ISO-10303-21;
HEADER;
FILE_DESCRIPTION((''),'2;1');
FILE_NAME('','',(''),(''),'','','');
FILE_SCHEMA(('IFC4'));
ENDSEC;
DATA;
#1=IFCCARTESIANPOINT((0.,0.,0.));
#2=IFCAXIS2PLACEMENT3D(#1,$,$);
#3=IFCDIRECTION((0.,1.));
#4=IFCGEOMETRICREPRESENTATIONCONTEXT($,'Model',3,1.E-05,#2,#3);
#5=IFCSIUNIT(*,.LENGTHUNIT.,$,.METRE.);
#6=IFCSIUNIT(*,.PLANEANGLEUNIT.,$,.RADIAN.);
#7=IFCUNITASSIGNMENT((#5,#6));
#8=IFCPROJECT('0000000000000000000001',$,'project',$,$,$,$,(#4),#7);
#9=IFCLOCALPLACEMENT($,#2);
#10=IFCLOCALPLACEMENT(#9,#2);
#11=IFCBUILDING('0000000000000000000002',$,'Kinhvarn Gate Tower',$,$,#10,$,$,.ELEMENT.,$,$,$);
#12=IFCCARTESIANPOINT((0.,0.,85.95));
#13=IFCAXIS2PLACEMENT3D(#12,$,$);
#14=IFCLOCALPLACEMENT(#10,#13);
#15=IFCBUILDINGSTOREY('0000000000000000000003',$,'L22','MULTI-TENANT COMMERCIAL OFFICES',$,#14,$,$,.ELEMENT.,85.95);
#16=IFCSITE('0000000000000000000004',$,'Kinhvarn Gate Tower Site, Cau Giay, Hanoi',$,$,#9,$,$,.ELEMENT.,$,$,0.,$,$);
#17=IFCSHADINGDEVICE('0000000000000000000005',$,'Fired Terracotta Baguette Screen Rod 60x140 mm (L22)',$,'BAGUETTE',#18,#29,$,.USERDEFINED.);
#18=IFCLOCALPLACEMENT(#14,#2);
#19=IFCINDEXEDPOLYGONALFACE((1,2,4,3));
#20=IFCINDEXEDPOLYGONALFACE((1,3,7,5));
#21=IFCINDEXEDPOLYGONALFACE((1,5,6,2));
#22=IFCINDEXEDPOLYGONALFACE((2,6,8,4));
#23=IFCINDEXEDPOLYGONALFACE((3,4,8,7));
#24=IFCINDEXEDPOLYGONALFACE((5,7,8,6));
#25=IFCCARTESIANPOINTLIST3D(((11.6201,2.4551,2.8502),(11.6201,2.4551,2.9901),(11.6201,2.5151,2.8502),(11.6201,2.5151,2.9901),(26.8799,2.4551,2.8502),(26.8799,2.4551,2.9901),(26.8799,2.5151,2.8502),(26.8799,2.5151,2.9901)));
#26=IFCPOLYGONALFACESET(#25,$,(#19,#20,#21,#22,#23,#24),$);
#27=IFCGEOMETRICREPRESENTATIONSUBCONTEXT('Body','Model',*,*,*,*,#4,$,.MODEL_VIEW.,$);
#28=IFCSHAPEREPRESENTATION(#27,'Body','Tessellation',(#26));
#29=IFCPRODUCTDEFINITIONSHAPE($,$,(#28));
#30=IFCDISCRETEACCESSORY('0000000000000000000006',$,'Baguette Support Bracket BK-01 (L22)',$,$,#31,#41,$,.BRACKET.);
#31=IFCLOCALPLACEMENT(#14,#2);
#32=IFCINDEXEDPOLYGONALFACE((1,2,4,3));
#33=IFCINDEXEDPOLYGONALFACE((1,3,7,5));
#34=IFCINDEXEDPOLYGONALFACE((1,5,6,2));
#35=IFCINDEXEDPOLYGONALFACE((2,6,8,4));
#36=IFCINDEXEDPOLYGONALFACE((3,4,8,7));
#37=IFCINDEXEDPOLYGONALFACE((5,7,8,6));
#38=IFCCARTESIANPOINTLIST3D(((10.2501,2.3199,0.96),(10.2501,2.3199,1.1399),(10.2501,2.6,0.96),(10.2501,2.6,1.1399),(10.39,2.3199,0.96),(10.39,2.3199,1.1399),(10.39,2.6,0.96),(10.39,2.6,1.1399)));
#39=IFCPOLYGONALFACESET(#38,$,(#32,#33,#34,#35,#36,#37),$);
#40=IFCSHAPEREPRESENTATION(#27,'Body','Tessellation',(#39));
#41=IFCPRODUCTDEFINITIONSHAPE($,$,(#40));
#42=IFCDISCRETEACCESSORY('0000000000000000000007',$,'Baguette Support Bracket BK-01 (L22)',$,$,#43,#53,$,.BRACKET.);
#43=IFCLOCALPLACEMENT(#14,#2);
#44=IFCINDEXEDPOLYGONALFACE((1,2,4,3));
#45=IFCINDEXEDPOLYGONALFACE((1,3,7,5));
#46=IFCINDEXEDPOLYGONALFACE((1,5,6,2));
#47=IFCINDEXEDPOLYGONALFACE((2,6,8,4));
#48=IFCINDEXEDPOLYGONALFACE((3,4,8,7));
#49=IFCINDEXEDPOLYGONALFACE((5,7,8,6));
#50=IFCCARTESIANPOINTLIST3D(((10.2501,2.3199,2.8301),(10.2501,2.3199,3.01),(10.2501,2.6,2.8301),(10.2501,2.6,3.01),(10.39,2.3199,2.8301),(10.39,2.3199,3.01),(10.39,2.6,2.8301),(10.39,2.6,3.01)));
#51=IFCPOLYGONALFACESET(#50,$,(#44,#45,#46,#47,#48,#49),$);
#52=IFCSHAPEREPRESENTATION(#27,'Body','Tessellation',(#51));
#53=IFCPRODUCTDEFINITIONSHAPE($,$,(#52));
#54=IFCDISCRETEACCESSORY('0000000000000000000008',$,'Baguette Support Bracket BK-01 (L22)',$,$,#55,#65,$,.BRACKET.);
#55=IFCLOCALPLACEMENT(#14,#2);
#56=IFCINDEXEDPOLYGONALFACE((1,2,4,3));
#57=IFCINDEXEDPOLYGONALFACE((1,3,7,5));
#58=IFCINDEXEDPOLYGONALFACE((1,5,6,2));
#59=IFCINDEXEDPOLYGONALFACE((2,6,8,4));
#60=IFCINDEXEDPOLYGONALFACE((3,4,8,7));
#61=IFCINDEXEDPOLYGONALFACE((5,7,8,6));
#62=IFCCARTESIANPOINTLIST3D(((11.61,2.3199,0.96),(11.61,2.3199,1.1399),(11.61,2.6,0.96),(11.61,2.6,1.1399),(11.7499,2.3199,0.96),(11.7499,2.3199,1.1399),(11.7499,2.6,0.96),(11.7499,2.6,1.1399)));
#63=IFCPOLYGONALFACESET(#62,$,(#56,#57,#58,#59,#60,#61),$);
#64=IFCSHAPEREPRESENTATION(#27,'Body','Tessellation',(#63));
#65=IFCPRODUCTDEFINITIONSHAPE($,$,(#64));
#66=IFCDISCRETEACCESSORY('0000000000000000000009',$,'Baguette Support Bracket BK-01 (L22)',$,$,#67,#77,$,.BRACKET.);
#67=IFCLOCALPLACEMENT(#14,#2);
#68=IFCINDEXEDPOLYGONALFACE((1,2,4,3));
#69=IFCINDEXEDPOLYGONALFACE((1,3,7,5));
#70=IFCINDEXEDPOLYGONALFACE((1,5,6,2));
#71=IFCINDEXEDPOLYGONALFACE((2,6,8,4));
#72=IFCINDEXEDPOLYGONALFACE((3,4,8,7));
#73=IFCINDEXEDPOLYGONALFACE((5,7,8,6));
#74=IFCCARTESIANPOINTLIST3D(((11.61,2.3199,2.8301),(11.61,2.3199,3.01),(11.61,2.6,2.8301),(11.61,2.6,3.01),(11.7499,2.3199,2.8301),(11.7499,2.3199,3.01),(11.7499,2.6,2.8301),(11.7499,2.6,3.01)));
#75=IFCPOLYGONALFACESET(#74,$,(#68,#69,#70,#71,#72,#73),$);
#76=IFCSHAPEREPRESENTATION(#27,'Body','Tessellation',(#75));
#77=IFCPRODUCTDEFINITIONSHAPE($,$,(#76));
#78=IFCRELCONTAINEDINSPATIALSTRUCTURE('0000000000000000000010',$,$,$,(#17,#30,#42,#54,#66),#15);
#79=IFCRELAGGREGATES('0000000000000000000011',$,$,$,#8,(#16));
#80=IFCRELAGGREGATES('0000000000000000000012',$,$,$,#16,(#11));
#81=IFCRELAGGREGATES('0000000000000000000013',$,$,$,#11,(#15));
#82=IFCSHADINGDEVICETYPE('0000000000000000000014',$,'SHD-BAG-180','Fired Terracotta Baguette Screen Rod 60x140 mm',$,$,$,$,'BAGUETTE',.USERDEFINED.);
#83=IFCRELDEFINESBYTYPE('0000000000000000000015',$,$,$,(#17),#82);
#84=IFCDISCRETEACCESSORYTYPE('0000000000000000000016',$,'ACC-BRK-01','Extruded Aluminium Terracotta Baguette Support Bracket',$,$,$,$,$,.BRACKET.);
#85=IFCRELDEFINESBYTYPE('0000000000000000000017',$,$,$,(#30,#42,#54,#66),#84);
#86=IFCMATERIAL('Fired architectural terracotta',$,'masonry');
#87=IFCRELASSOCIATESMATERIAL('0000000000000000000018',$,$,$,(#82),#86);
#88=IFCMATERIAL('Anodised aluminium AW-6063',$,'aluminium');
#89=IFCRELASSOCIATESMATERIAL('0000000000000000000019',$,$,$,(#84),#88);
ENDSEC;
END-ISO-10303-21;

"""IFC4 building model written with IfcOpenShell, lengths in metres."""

from ifc_helpers import new_model, si_unit, direction, frame, origin, origin_2d, place, context, subcontext, project, spatial, rectangle, extrude, material, material_profile, profile_set, type_object, element, save


model = new_model("IFC4")

# Units and contexts
model_context = context("Model", 3, precision=1e-05, world=origin(), true_north=direction((0.0, 1.0)))
body_context = subcontext(model_context, "Body", "Model", "MODEL_VIEW")
ifc_project = project(units=[si_unit("LENGTHUNIT", "METRE"), si_unit("PLANEANGLEUNIT", "RADIAN")], contexts=[model_context])

# Site, building, storey
site_placement = place(None, origin())
site = spatial("IfcSite", under=ifc_project, at=site_placement, Name="Kinhvarn Gate Tower Site, Cau Giay, Hanoi", CompositionType="ELEMENT", RefElevation=0.0)
building_placement = place(site_placement, origin())
building = spatial("IfcBuilding", under=site, at=building_placement, Name="Kinhvarn Gate Tower", CompositionType="ELEMENT")
storey_placement = place(building_placement, frame((0.0, 0.0, 85.95)))
storey = spatial("IfcBuildingStorey", under=building, at=storey_placement, Name="L22", Description="MULTI-TENANT COMMERCIAL OFFICES", CompositionType="ELEMENT", Elevation=85.95)

# Shared definitions
ifc_material_1 = material(Name="Anodised aluminium AW-6063", Category="aluminium")

# Shading device
ifc_material_2 = material(Name="Fired architectural terracotta", Category="masonry")
ifc_material_profile_1 = material_profile(ifc_material_2, rectangle(XDim=0.0601, YDim=0.1399, at=origin_2d()), Name="TC 60x140")
ifc_profile_set_1 = profile_set([ifc_material_profile_1], Name="Fired architectural terracotta")
shading_device_type = type_object("IfcShadingDeviceType", Name="SHD-BAG-180", Description="Fired Terracotta Baguette Screen Rod 60x140 mm", ElementType="BAGUETTE", PredefinedType="USERDEFINED", material=ifc_profile_set_1)
for number, where, z_axis, x_axis, name in (
    (1, (11.6201, 2.4851, 2.9202), (1.0, 0.0, 0.0), (0.0, 1.0, 0.0), "Fired Terracotta Baguette Screen Rod 60x140 mm (L22)"),
):
    element("IfcShadingDevice", number, at=place(storey_placement, frame(where, z_axis=z_axis, x_axis=x_axis)), inside=storey, type_object=shading_device_type, Name=name, ObjectType="BAGUETTE", PredefinedType="USERDEFINED", context=body_context, shape_type="SweptSolid", body=[
        extrude(rectangle(XDim=0.0601, YDim=0.1399, at=origin_2d()), origin(), (0.0, 0.0, 1.0), 15.2598),
    ])

# Discrete accessories
discrete_accessory_type = type_object("IfcDiscreteAccessoryType", Name="ACC-BRK-01", Description="Extruded Aluminium Terracotta Baguette Support Bracket", PredefinedType="BRACKET", material=ifc_material_1)
for number, where, z_axis, x_axis, name in (
    (2, (10.3201, 2.46, 0.96), (0.0, 0.0, 1.0), (1.0, 0.0, 0.0), "Baguette Support Bracket BK-01 (L22)"),
    (3, (10.3201, 2.46, 2.8301), (0.0, 0.0, 1.0), (1.0, 0.0, 0.0), "Baguette Support Bracket BK-01 (L22)"),
    (4, (11.6799, 2.46, 0.96), (0.0, 0.0, 1.0), (1.0, 0.0, 0.0), "Baguette Support Bracket BK-01 (L22)"),
    (5, (11.6799, 2.46, 2.8301), (0.0, 0.0, 1.0), (1.0, 0.0, 0.0), "Baguette Support Bracket BK-01 (L22)"),
):
    element("IfcDiscreteAccessory", number, at=place(storey_placement, frame(where, z_axis=z_axis, x_axis=x_axis)), inside=storey, type_object=discrete_accessory_type, Name=name, PredefinedType="BRACKET", context=body_context, shape_type="SweptSolid", body=[
        extrude(rectangle(XDim=0.1399, YDim=0.28, at=origin_2d()), origin(), (0.0, 0.0, 1.0), 0.1799),
    ])

save(model, "model.ifc")
